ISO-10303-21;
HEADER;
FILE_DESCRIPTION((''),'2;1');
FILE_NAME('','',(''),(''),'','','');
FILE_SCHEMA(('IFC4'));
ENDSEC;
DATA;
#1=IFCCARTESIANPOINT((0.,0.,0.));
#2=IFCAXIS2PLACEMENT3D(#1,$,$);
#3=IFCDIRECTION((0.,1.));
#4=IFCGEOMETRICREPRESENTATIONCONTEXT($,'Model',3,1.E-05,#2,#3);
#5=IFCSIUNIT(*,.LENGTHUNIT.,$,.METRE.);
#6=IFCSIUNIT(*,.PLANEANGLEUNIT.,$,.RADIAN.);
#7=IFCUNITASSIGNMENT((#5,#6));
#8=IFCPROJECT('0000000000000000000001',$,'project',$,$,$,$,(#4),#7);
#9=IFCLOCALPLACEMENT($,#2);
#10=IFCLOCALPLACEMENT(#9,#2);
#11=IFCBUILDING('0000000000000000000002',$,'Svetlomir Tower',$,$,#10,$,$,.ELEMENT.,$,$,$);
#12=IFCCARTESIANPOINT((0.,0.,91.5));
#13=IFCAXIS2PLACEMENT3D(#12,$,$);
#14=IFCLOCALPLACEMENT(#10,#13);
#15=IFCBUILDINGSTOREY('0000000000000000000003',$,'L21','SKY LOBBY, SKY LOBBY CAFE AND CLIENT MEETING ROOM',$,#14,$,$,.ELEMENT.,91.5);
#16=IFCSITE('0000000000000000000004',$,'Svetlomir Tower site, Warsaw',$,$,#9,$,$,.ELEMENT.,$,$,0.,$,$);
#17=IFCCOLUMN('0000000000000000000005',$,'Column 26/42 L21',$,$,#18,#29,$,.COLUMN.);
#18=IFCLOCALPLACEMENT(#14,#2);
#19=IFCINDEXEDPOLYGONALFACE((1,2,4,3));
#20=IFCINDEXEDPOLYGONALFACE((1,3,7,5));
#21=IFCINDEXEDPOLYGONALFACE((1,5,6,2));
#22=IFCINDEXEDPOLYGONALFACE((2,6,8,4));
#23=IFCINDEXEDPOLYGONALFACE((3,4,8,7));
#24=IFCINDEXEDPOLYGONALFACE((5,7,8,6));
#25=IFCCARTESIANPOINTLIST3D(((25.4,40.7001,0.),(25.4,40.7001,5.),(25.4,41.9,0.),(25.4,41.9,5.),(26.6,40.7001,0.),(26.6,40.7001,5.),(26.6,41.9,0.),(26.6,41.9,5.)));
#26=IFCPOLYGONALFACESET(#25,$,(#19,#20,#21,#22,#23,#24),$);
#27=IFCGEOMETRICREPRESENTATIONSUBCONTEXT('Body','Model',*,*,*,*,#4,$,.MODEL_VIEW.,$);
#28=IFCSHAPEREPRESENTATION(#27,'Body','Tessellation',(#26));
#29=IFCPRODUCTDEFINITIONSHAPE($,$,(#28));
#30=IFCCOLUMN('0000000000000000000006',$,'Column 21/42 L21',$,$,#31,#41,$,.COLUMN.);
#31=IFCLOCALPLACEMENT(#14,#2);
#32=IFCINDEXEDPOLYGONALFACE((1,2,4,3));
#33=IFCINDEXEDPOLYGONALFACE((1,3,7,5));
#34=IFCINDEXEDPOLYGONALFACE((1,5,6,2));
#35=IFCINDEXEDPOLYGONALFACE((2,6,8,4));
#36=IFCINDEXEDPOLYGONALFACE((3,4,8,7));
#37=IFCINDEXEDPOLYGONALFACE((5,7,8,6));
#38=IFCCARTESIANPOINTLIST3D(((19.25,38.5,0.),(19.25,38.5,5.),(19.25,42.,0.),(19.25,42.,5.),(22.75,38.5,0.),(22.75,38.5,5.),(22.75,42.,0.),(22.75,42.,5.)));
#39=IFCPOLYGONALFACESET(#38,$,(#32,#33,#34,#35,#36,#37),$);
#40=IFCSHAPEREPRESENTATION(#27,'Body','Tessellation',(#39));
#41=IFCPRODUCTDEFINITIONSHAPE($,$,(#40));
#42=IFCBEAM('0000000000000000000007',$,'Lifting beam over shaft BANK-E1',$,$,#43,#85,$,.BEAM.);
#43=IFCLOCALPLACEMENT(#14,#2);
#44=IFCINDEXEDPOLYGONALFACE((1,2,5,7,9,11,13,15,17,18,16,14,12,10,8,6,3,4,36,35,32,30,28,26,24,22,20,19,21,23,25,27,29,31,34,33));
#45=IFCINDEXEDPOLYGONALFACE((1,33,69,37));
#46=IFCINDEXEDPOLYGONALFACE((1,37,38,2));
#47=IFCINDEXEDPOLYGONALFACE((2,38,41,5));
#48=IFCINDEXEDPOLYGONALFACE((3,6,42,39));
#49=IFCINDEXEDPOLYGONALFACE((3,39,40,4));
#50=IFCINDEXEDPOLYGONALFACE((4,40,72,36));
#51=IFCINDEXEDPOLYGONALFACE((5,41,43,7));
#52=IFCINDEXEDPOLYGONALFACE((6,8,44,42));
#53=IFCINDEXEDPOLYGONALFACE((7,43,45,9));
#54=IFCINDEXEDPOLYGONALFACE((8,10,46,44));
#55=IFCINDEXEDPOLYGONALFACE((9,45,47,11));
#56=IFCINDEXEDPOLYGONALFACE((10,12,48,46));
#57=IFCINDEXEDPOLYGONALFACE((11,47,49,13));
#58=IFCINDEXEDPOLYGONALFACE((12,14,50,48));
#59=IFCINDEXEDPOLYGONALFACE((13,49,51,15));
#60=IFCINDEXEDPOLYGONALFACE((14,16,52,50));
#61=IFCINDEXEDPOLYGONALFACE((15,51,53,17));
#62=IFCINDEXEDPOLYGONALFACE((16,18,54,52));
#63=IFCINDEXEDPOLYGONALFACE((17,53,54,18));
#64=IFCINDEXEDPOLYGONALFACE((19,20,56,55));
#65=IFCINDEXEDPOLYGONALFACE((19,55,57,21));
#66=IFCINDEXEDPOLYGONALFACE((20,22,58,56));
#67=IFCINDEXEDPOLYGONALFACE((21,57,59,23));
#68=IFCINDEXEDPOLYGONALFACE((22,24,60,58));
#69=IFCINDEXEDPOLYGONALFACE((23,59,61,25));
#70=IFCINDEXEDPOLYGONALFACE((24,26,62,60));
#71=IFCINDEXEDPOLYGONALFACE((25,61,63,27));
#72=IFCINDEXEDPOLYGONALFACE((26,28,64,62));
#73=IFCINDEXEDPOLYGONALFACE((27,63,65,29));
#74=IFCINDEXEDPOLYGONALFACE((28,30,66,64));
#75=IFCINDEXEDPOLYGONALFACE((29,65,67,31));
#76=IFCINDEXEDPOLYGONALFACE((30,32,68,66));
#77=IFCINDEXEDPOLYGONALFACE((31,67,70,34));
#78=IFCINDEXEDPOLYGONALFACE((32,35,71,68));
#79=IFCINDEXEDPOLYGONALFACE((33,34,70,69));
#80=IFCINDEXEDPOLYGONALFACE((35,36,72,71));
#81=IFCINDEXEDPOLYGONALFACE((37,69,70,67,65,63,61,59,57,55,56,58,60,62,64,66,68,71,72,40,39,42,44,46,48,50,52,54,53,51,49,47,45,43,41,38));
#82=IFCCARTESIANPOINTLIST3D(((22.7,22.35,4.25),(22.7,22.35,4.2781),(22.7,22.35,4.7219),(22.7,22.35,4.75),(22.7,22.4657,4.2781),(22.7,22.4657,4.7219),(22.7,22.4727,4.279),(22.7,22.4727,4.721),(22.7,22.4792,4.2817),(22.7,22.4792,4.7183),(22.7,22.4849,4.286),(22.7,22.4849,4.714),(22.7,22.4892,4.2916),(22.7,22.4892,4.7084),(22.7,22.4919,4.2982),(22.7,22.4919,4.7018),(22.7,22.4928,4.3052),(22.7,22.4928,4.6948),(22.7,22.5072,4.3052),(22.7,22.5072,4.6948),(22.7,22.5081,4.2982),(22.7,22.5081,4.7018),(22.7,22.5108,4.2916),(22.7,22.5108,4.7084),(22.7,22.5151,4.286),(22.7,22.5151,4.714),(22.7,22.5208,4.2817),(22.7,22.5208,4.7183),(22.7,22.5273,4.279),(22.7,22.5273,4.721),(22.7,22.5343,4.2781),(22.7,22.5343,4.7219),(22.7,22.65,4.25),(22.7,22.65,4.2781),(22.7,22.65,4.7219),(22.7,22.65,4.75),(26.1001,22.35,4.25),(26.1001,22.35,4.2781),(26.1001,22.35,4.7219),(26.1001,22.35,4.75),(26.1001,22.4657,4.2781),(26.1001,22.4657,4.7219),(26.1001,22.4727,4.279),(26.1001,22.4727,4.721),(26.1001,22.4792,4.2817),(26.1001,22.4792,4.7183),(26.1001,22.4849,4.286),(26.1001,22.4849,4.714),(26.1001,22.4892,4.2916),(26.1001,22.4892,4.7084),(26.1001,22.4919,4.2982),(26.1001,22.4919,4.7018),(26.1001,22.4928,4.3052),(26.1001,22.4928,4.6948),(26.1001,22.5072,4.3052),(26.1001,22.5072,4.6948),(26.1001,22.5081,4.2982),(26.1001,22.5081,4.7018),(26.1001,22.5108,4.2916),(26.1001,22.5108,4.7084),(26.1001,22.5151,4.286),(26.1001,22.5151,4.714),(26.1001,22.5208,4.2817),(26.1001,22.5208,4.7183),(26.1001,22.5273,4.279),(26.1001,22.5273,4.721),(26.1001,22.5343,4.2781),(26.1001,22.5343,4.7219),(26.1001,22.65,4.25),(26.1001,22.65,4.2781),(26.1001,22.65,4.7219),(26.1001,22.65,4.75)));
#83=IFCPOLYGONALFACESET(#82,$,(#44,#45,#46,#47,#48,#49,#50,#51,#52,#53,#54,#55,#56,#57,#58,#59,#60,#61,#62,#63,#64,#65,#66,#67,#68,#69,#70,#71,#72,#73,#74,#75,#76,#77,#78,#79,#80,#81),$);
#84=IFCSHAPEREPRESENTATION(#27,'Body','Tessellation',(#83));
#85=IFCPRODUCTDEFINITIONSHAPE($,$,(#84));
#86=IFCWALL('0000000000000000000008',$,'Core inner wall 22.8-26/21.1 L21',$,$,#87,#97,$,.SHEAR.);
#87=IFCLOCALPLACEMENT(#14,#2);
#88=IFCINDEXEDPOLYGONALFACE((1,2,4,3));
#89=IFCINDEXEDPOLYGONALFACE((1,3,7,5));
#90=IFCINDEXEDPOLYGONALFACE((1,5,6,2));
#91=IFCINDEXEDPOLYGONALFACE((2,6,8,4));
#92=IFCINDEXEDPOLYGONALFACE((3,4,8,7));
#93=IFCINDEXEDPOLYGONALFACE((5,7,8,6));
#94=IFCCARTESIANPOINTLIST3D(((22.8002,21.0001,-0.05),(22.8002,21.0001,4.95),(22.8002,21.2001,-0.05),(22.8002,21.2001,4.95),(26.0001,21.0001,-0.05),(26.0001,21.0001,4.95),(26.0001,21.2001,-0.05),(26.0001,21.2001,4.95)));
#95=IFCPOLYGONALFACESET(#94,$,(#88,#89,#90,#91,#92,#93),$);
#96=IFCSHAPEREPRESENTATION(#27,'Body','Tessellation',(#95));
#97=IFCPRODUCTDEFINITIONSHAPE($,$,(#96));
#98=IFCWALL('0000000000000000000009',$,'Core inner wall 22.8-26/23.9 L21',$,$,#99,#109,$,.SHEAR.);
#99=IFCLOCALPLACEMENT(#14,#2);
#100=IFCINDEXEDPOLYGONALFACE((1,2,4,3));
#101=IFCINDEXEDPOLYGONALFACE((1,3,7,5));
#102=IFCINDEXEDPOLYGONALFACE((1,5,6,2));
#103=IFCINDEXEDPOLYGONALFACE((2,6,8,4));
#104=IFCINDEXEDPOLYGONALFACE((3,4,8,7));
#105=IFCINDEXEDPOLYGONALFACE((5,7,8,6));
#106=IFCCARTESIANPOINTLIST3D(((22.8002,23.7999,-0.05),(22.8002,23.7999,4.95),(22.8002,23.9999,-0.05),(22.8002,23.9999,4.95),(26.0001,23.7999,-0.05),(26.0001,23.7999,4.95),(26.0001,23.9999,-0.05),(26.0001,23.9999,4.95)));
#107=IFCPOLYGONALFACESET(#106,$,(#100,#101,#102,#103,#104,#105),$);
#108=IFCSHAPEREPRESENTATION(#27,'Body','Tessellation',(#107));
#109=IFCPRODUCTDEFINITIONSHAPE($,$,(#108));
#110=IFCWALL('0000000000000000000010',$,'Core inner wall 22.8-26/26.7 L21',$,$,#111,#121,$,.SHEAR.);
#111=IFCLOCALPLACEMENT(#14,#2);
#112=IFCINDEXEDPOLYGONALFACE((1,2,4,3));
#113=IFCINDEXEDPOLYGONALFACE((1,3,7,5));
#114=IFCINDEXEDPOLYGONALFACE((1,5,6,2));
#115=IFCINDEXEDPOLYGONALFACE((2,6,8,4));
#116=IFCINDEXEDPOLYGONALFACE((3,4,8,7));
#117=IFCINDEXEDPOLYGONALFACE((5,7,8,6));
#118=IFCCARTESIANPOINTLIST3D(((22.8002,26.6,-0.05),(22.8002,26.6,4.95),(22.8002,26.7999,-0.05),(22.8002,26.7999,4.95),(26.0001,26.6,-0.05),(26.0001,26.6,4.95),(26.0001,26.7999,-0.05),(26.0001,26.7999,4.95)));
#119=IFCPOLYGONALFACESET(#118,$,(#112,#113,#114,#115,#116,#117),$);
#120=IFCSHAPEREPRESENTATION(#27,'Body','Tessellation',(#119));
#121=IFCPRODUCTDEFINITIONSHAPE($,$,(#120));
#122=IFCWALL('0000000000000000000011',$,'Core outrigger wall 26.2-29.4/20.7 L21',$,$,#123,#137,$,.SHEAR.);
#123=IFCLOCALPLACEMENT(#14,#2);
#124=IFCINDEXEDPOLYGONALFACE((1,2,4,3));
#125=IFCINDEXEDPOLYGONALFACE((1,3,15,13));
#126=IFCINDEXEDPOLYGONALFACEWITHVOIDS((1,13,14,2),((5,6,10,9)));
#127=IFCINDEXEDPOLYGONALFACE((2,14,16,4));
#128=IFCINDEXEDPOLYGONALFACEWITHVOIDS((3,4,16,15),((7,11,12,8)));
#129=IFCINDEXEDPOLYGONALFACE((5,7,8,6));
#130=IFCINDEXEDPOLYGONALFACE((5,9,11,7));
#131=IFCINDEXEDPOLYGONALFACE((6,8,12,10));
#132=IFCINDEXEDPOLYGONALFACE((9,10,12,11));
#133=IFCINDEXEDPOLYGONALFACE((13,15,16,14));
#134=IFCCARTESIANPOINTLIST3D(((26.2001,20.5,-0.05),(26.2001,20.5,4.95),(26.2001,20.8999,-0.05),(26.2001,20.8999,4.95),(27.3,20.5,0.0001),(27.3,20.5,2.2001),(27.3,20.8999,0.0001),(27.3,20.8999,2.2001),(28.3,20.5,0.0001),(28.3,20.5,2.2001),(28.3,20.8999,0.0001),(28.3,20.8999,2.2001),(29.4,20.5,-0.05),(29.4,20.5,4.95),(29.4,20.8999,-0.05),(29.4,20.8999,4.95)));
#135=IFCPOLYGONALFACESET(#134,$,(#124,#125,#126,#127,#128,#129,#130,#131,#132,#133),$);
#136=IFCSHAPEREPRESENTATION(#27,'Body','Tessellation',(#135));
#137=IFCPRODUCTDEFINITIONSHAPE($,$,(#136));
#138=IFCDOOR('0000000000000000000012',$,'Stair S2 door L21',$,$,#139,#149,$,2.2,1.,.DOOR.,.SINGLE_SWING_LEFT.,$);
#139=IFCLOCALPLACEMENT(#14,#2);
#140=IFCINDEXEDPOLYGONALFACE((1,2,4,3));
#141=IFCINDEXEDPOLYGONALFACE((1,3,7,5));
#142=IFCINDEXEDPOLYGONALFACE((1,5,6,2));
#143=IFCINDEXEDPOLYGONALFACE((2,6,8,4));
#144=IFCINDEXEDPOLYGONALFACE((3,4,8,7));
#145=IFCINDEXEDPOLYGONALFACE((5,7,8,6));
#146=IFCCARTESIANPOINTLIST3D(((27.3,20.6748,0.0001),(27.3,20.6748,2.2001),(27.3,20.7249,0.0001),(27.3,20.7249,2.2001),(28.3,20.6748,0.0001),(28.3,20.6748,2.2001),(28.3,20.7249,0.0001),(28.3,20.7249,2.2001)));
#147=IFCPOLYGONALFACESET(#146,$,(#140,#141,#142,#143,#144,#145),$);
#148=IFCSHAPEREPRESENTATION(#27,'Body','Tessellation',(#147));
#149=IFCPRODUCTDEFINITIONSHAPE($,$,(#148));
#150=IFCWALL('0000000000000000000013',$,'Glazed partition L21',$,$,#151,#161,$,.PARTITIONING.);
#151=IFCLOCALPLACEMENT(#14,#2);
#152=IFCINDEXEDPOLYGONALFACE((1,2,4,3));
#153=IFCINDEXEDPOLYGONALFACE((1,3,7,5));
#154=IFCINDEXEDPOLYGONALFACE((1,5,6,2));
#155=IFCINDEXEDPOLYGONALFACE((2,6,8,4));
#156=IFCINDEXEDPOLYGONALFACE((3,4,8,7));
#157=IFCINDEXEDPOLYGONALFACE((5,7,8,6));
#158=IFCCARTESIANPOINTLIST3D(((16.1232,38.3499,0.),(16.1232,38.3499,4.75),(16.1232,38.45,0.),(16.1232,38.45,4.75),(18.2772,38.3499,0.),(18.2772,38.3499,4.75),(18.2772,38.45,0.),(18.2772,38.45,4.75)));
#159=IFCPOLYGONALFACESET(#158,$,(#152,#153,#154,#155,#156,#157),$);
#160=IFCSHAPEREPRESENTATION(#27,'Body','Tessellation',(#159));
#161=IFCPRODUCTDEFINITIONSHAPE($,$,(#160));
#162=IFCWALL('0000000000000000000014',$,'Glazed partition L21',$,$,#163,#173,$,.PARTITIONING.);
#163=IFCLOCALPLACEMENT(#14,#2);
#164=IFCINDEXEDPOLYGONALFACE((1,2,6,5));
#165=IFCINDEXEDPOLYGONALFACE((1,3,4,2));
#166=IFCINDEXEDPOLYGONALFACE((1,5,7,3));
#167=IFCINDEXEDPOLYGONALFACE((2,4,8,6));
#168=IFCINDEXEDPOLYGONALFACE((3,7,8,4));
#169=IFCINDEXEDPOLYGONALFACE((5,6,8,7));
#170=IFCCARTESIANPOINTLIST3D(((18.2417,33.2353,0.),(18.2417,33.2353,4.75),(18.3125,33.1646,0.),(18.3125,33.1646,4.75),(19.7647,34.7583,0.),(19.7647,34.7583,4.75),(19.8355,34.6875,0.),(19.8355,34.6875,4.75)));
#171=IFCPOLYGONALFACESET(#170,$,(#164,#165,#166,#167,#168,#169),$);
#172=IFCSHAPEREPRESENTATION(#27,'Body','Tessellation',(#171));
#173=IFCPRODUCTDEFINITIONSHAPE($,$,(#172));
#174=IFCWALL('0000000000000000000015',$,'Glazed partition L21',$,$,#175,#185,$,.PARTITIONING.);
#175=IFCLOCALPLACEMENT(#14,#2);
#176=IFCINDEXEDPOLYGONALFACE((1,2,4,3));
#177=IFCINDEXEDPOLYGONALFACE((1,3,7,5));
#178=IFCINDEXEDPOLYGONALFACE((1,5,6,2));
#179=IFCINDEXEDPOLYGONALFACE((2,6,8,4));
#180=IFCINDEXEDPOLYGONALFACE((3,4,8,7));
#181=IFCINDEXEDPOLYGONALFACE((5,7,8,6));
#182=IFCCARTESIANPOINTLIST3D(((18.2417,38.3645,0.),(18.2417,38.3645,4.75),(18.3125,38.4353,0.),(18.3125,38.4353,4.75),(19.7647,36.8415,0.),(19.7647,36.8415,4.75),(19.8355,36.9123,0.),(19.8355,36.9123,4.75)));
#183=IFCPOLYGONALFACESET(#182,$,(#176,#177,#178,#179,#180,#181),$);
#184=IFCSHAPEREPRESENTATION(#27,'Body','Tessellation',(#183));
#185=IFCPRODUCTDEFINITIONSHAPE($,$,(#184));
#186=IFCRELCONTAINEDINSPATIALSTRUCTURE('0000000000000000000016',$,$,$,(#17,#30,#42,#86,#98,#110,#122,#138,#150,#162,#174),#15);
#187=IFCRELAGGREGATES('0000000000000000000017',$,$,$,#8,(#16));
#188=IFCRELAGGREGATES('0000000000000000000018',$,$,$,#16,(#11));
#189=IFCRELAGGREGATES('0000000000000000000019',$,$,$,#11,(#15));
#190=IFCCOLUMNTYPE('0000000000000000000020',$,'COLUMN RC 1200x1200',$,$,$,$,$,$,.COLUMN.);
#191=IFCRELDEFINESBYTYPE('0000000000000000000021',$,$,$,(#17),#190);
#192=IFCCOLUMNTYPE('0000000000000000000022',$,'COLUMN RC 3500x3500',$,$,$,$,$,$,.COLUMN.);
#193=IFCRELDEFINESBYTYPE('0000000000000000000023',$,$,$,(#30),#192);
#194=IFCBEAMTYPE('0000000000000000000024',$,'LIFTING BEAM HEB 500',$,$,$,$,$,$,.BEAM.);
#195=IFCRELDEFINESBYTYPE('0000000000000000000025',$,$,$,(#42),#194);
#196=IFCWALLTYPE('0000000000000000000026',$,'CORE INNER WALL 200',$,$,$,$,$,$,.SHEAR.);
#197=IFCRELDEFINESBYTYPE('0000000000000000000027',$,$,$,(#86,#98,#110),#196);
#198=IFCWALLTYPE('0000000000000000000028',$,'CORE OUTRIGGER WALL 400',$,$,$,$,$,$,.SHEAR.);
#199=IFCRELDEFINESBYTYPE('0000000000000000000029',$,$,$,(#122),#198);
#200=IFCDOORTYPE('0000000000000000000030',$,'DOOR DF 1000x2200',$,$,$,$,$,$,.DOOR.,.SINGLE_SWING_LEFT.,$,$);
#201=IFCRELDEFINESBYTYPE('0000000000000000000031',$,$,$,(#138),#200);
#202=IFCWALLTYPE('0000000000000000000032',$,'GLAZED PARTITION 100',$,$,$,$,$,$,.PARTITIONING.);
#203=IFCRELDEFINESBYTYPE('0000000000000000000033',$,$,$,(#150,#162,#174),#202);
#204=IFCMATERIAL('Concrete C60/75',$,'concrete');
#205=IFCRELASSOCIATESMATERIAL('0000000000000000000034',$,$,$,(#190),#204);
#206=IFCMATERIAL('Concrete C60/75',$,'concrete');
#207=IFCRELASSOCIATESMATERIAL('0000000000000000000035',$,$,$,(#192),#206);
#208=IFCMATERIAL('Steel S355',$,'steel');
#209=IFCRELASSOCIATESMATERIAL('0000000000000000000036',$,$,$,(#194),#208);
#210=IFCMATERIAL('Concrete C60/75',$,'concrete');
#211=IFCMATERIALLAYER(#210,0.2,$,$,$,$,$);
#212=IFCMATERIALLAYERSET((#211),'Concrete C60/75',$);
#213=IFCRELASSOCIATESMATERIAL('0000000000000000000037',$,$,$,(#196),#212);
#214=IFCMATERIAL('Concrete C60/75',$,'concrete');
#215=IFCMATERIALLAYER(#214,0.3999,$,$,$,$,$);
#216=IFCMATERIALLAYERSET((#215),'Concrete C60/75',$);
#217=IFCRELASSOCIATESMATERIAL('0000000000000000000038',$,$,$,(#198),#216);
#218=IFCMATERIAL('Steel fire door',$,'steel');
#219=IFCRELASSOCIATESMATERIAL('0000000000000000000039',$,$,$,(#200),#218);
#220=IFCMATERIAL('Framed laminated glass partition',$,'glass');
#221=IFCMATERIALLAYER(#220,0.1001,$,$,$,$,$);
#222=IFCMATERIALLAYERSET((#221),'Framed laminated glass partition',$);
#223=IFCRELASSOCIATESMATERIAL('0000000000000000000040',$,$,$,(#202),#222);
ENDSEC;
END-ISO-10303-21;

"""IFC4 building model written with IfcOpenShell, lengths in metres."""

from ifc_helpers import new_model, si_unit, direction, frame, frame_2d, origin, origin_2d, place, context, subcontext, project, spatial, rectangle, i_section, extrude, material, layer, layer_set, material_profile, profile_set, type_object, element, fill, save


model = new_model("IFC4")

# Units and contexts
model_context = context("Model", 3, precision=1e-05, world=origin(), true_north=direction((0.0, 1.0)))
body_context = subcontext(model_context, "Body", "Model", "MODEL_VIEW")
ifc_project = project(units=[si_unit("LENGTHUNIT", "METRE"), si_unit("PLANEANGLEUNIT", "RADIAN")], contexts=[model_context])

# Site, building, storey
site_placement = place(None, origin())
site = spatial("IfcSite", under=ifc_project, at=site_placement, Name="Svetlomir Tower site, Warsaw", CompositionType="ELEMENT", RefElevation=0.0)
building_placement = place(site_placement, origin())
building = spatial("IfcBuilding", under=site, at=building_placement, Name="Svetlomir Tower", CompositionType="ELEMENT")
storey_placement = place(building_placement, frame((0.0, 0.0, 91.5)))
storey = spatial("IfcBuildingStorey", under=building, at=storey_placement, Name="L21", Description="SKY LOBBY, SKY LOBBY CAFE AND CLIENT MEETING ROOM", CompositionType="ELEMENT", Elevation=91.5)

# Columns
ifc_material_1 = material(Name="Concrete C60/75", Category="concrete")
ifc_material_profile_1 = material_profile(ifc_material_1, rectangle(XDim=1.2, YDim=1.2, at=origin_2d()), Name="RC 1200x1200")
ifc_profile_set_1 = profile_set([ifc_material_profile_1], Name="Concrete C60/75")
column_type_1 = type_object("IfcColumnType", Name="COLUMN RC 1200x1200", PredefinedType="COLUMN", material=ifc_profile_set_1)
column_1_placement = place(storey_placement, frame((26.0, 41.3, 0.0), z_axis=(0.0, 0.0, 1.0), x_axis=(1.0, 0.0, 0.0)))
element("IfcColumn", 1, at=column_1_placement, inside=storey, type_object=column_type_1, Name="Column 26/42 L21", PredefinedType="COLUMN", context=body_context, shape_type="SweptSolid", body=[
    extrude(rectangle(XDim=1.2, YDim=1.2, at=origin_2d()), origin(), (0.0, 0.0, 1.0), 5.0),
])
ifc_material_2 = material(Name="Concrete C60/75", Category="concrete")
ifc_material_profile_2 = material_profile(ifc_material_2, rectangle(XDim=3.5, YDim=3.5, at=origin_2d()), Name="RC 3500x3500")
ifc_profile_set_2 = profile_set([ifc_material_profile_2], Name="Concrete C60/75")
column_type_2 = type_object("IfcColumnType", Name="COLUMN RC 3500x3500", PredefinedType="COLUMN", material=ifc_profile_set_2)
column_2_placement = place(storey_placement, frame((21.0, 40.25, 0.0), z_axis=(0.0, 0.0, 1.0), x_axis=(1.0, 0.0, 0.0)))
element("IfcColumn", 2, at=column_2_placement, inside=storey, type_object=column_type_2, Name="Column 21/42 L21", PredefinedType="COLUMN", context=body_context, shape_type="SweptSolid", body=[
    extrude(rectangle(XDim=3.5, YDim=3.5, at=origin_2d()), origin(), (0.0, 0.0, 1.0), 5.0),
])

# Beam
ifc_material_3 = material(Name="Steel S355", Category="steel")
ifc_material_profile_3 = material_profile(ifc_material_3, i_section(OverallWidth=0.3, OverallDepth=0.5, WebThickness=0.0144, FlangeThickness=0.0281, FilletRadius=0.0271, at=origin_2d()), Name="HEB 500")
ifc_profile_set_3 = profile_set([ifc_material_profile_3], Name="Steel S355")
beam_type = type_object("IfcBeamType", Name="LIFTING BEAM HEB 500", PredefinedType="BEAM", material=ifc_profile_set_3)
beam_placement = place(storey_placement, frame((22.7, 22.5, 4.5), z_axis=(1.0, 0.0, 0.0), x_axis=(0.0, 1.0, 0.0)))
element("IfcBeam", 3, at=beam_placement, inside=storey, type_object=beam_type, Name="Lifting beam over shaft BANK-E1", PredefinedType="BEAM", context=body_context, shape_type="SweptSolid", body=[
    extrude(i_section(OverallWidth=0.3, OverallDepth=0.5, WebThickness=0.0144, FlangeThickness=0.0281, FilletRadius=0.0271, at=origin_2d()), origin(), (0.0, 0.0, 1.0), 3.4001),
])

# Walls
ifc_material_4 = material(Name="Concrete C60/75", Category="concrete")
ifc_layer_1 = layer(ifc_material_4, 0.2)
ifc_layer_set_1 = layer_set([ifc_layer_1], Name="Concrete C60/75")
wall_type_1 = type_object("IfcWallType", Name="CORE INNER WALL 200", PredefinedType="SHEAR", material=ifc_layer_set_1)
for number, where, z_axis, x_axis, name in (
    (4, (22.8, 21.1001, -0.05), (0.0, 0.0, 1.0), (1.0, 0.0, 0.0), "Core inner wall 22.8-26/21.1 L21"),
    (5, (22.8, 23.8999, -0.05), (0.0, 0.0, 1.0), (1.0, 0.0, 0.0), "Core inner wall 22.8-26/23.9 L21"),
    (6, (22.8, 26.7, -0.05), (0.0, 0.0, 1.0), (1.0, 0.0, 0.0), "Core inner wall 22.8-26/26.7 L21"),
):
    element("IfcWall", number, at=place(storey_placement, frame(where, z_axis=z_axis, x_axis=x_axis)), inside=storey, type_object=wall_type_1, Name=name, PredefinedType="SHEAR", context=body_context, shape_type="SweptSolid", body=[
        extrude(rectangle(XDim=3.2, YDim=0.2, at=frame_2d((1.6001, 0.0))), origin(), (0.0, 0.0, 1.0), 5.0),
    ])

# Wall, opening, door
ifc_material_5 = material(Name="Concrete C60/75", Category="concrete")
ifc_layer_2 = layer(ifc_material_5, 0.3999)
ifc_layer_set_2 = layer_set([ifc_layer_2], Name="Concrete C60/75")
wall_type_2 = type_object("IfcWallType", Name="CORE OUTRIGGER WALL 400", PredefinedType="SHEAR", material=ifc_layer_set_2)
wall_1_placement = place(storey_placement, frame((26.2, 20.7, -0.05), z_axis=(0.0, 0.0, 1.0), x_axis=(1.0, 0.0, 0.0)))
wall_1 = element("IfcWall", 7, at=wall_1_placement, inside=storey, type_object=wall_type_2, Name="Core outrigger wall 26.2-29.4/20.7 L21", PredefinedType="SHEAR", context=body_context, shape_type="SweptSolid", body=[
    extrude(rectangle(XDim=3.2, YDim=0.3999, at=frame_2d((1.6001, 0.0))), origin(), (0.0, 0.0, 1.0), 5.0),
])
opening_1_placement = place(wall_1_placement, frame((1.1001, 0.0, 0.05)))
opening_1 = element("IfcOpeningElement", 8, at=opening_1_placement, cuts=wall_1, PredefinedType="OPENING", context=body_context, shape_type="SweptSolid", body=[
    extrude(rectangle(XDim=1.0, YDim=2.2, at=frame_2d((0.5, 1.1001))), frame((0.0, 0.21, 0.0), z_axis=(0.0, -1.0, 0.0), x_axis=(1.0, 0.0, 0.0)), (0.0, 0.0, 1.0), 0.4199),
])
ifc_material_6 = material(Name="Steel fire door", Category="steel")
door_type_1 = type_object("IfcDoorType", Name="DOOR DF 1000x2200", OperationType="SINGLE_SWING_LEFT", PredefinedType="DOOR", material=ifc_material_6)
door_1_placement = place(opening_1_placement, origin())
door_1 = element("IfcDoor", 9, at=door_1_placement, inside=storey, type_object=door_type_1, Name="Stair S2 door L21", OperationType="SINGLE_SWING_LEFT", OverallHeight=2.2, OverallWidth=1.0, PredefinedType="DOOR", context=body_context, shape_type="SweptSolid", body=[
    extrude(rectangle(XDim=1.0, YDim=2.2, at=frame_2d((0.5, 1.1001))), frame((0.0, 0.0249, 0.0), z_axis=(0.0, -1.0, 0.0), x_axis=(1.0, 0.0, 0.0)), (0.0, 0.0, 1.0), 0.05),
])
fill(opening_1, door_1)
ifc_material_7 = material(Name="Framed laminated glass partition", Category="glass")
ifc_layer_3 = layer(ifc_material_7, 0.1001)
ifc_layer_set_3 = layer_set([ifc_layer_3], Name="Framed laminated glass partition")
wall_type_3 = type_object("IfcWallType", Name="GLAZED PARTITION 100", PredefinedType="PARTITIONING", material=ifc_layer_set_3)

# Walls
wall_2_placement = place(storey_placement, frame((16.123, 38.3999, 0.0), z_axis=(0.0, 0.0, 1.0), x_axis=(1.0, 0.0, 0.0)))
element("IfcWall", 10, at=wall_2_placement, inside=storey, type_object=wall_type_3, Name="Glazed partition L21", PredefinedType="PARTITIONING", context=body_context, shape_type="SweptSolid", body=[
    extrude(rectangle(XDim=2.1541, YDim=0.1001, at=frame_2d((1.0771, 0.0))), origin(), (0.0, 0.0, 1.0), 4.75),
])
for number, where, z_axis, x_axis, name in (
    (11, (18.2771, 33.2, 0.0), (0.0, 0.0, 1.0), (0.707107, 0.707107, 0.0), "Glazed partition L21"),
    (12, (18.2771, 38.3999, 0.0), (0.0, 0.0, 1.0), (0.707107, -0.707107, 0.0), "Glazed partition L21"),
):
    element("IfcWall", number, at=place(storey_placement, frame(where, z_axis=z_axis, x_axis=x_axis)), inside=storey, type_object=wall_type_3, Name=name, PredefinedType="PARTITIONING", context=body_context, shape_type="SweptSolid", body=[
        extrude(rectangle(XDim=2.1538, YDim=0.1001, at=frame_2d((1.0769, 0.0))), origin(), (0.0, 0.0, 1.0), 4.75),
    ])

save(model, "model.ifc")
